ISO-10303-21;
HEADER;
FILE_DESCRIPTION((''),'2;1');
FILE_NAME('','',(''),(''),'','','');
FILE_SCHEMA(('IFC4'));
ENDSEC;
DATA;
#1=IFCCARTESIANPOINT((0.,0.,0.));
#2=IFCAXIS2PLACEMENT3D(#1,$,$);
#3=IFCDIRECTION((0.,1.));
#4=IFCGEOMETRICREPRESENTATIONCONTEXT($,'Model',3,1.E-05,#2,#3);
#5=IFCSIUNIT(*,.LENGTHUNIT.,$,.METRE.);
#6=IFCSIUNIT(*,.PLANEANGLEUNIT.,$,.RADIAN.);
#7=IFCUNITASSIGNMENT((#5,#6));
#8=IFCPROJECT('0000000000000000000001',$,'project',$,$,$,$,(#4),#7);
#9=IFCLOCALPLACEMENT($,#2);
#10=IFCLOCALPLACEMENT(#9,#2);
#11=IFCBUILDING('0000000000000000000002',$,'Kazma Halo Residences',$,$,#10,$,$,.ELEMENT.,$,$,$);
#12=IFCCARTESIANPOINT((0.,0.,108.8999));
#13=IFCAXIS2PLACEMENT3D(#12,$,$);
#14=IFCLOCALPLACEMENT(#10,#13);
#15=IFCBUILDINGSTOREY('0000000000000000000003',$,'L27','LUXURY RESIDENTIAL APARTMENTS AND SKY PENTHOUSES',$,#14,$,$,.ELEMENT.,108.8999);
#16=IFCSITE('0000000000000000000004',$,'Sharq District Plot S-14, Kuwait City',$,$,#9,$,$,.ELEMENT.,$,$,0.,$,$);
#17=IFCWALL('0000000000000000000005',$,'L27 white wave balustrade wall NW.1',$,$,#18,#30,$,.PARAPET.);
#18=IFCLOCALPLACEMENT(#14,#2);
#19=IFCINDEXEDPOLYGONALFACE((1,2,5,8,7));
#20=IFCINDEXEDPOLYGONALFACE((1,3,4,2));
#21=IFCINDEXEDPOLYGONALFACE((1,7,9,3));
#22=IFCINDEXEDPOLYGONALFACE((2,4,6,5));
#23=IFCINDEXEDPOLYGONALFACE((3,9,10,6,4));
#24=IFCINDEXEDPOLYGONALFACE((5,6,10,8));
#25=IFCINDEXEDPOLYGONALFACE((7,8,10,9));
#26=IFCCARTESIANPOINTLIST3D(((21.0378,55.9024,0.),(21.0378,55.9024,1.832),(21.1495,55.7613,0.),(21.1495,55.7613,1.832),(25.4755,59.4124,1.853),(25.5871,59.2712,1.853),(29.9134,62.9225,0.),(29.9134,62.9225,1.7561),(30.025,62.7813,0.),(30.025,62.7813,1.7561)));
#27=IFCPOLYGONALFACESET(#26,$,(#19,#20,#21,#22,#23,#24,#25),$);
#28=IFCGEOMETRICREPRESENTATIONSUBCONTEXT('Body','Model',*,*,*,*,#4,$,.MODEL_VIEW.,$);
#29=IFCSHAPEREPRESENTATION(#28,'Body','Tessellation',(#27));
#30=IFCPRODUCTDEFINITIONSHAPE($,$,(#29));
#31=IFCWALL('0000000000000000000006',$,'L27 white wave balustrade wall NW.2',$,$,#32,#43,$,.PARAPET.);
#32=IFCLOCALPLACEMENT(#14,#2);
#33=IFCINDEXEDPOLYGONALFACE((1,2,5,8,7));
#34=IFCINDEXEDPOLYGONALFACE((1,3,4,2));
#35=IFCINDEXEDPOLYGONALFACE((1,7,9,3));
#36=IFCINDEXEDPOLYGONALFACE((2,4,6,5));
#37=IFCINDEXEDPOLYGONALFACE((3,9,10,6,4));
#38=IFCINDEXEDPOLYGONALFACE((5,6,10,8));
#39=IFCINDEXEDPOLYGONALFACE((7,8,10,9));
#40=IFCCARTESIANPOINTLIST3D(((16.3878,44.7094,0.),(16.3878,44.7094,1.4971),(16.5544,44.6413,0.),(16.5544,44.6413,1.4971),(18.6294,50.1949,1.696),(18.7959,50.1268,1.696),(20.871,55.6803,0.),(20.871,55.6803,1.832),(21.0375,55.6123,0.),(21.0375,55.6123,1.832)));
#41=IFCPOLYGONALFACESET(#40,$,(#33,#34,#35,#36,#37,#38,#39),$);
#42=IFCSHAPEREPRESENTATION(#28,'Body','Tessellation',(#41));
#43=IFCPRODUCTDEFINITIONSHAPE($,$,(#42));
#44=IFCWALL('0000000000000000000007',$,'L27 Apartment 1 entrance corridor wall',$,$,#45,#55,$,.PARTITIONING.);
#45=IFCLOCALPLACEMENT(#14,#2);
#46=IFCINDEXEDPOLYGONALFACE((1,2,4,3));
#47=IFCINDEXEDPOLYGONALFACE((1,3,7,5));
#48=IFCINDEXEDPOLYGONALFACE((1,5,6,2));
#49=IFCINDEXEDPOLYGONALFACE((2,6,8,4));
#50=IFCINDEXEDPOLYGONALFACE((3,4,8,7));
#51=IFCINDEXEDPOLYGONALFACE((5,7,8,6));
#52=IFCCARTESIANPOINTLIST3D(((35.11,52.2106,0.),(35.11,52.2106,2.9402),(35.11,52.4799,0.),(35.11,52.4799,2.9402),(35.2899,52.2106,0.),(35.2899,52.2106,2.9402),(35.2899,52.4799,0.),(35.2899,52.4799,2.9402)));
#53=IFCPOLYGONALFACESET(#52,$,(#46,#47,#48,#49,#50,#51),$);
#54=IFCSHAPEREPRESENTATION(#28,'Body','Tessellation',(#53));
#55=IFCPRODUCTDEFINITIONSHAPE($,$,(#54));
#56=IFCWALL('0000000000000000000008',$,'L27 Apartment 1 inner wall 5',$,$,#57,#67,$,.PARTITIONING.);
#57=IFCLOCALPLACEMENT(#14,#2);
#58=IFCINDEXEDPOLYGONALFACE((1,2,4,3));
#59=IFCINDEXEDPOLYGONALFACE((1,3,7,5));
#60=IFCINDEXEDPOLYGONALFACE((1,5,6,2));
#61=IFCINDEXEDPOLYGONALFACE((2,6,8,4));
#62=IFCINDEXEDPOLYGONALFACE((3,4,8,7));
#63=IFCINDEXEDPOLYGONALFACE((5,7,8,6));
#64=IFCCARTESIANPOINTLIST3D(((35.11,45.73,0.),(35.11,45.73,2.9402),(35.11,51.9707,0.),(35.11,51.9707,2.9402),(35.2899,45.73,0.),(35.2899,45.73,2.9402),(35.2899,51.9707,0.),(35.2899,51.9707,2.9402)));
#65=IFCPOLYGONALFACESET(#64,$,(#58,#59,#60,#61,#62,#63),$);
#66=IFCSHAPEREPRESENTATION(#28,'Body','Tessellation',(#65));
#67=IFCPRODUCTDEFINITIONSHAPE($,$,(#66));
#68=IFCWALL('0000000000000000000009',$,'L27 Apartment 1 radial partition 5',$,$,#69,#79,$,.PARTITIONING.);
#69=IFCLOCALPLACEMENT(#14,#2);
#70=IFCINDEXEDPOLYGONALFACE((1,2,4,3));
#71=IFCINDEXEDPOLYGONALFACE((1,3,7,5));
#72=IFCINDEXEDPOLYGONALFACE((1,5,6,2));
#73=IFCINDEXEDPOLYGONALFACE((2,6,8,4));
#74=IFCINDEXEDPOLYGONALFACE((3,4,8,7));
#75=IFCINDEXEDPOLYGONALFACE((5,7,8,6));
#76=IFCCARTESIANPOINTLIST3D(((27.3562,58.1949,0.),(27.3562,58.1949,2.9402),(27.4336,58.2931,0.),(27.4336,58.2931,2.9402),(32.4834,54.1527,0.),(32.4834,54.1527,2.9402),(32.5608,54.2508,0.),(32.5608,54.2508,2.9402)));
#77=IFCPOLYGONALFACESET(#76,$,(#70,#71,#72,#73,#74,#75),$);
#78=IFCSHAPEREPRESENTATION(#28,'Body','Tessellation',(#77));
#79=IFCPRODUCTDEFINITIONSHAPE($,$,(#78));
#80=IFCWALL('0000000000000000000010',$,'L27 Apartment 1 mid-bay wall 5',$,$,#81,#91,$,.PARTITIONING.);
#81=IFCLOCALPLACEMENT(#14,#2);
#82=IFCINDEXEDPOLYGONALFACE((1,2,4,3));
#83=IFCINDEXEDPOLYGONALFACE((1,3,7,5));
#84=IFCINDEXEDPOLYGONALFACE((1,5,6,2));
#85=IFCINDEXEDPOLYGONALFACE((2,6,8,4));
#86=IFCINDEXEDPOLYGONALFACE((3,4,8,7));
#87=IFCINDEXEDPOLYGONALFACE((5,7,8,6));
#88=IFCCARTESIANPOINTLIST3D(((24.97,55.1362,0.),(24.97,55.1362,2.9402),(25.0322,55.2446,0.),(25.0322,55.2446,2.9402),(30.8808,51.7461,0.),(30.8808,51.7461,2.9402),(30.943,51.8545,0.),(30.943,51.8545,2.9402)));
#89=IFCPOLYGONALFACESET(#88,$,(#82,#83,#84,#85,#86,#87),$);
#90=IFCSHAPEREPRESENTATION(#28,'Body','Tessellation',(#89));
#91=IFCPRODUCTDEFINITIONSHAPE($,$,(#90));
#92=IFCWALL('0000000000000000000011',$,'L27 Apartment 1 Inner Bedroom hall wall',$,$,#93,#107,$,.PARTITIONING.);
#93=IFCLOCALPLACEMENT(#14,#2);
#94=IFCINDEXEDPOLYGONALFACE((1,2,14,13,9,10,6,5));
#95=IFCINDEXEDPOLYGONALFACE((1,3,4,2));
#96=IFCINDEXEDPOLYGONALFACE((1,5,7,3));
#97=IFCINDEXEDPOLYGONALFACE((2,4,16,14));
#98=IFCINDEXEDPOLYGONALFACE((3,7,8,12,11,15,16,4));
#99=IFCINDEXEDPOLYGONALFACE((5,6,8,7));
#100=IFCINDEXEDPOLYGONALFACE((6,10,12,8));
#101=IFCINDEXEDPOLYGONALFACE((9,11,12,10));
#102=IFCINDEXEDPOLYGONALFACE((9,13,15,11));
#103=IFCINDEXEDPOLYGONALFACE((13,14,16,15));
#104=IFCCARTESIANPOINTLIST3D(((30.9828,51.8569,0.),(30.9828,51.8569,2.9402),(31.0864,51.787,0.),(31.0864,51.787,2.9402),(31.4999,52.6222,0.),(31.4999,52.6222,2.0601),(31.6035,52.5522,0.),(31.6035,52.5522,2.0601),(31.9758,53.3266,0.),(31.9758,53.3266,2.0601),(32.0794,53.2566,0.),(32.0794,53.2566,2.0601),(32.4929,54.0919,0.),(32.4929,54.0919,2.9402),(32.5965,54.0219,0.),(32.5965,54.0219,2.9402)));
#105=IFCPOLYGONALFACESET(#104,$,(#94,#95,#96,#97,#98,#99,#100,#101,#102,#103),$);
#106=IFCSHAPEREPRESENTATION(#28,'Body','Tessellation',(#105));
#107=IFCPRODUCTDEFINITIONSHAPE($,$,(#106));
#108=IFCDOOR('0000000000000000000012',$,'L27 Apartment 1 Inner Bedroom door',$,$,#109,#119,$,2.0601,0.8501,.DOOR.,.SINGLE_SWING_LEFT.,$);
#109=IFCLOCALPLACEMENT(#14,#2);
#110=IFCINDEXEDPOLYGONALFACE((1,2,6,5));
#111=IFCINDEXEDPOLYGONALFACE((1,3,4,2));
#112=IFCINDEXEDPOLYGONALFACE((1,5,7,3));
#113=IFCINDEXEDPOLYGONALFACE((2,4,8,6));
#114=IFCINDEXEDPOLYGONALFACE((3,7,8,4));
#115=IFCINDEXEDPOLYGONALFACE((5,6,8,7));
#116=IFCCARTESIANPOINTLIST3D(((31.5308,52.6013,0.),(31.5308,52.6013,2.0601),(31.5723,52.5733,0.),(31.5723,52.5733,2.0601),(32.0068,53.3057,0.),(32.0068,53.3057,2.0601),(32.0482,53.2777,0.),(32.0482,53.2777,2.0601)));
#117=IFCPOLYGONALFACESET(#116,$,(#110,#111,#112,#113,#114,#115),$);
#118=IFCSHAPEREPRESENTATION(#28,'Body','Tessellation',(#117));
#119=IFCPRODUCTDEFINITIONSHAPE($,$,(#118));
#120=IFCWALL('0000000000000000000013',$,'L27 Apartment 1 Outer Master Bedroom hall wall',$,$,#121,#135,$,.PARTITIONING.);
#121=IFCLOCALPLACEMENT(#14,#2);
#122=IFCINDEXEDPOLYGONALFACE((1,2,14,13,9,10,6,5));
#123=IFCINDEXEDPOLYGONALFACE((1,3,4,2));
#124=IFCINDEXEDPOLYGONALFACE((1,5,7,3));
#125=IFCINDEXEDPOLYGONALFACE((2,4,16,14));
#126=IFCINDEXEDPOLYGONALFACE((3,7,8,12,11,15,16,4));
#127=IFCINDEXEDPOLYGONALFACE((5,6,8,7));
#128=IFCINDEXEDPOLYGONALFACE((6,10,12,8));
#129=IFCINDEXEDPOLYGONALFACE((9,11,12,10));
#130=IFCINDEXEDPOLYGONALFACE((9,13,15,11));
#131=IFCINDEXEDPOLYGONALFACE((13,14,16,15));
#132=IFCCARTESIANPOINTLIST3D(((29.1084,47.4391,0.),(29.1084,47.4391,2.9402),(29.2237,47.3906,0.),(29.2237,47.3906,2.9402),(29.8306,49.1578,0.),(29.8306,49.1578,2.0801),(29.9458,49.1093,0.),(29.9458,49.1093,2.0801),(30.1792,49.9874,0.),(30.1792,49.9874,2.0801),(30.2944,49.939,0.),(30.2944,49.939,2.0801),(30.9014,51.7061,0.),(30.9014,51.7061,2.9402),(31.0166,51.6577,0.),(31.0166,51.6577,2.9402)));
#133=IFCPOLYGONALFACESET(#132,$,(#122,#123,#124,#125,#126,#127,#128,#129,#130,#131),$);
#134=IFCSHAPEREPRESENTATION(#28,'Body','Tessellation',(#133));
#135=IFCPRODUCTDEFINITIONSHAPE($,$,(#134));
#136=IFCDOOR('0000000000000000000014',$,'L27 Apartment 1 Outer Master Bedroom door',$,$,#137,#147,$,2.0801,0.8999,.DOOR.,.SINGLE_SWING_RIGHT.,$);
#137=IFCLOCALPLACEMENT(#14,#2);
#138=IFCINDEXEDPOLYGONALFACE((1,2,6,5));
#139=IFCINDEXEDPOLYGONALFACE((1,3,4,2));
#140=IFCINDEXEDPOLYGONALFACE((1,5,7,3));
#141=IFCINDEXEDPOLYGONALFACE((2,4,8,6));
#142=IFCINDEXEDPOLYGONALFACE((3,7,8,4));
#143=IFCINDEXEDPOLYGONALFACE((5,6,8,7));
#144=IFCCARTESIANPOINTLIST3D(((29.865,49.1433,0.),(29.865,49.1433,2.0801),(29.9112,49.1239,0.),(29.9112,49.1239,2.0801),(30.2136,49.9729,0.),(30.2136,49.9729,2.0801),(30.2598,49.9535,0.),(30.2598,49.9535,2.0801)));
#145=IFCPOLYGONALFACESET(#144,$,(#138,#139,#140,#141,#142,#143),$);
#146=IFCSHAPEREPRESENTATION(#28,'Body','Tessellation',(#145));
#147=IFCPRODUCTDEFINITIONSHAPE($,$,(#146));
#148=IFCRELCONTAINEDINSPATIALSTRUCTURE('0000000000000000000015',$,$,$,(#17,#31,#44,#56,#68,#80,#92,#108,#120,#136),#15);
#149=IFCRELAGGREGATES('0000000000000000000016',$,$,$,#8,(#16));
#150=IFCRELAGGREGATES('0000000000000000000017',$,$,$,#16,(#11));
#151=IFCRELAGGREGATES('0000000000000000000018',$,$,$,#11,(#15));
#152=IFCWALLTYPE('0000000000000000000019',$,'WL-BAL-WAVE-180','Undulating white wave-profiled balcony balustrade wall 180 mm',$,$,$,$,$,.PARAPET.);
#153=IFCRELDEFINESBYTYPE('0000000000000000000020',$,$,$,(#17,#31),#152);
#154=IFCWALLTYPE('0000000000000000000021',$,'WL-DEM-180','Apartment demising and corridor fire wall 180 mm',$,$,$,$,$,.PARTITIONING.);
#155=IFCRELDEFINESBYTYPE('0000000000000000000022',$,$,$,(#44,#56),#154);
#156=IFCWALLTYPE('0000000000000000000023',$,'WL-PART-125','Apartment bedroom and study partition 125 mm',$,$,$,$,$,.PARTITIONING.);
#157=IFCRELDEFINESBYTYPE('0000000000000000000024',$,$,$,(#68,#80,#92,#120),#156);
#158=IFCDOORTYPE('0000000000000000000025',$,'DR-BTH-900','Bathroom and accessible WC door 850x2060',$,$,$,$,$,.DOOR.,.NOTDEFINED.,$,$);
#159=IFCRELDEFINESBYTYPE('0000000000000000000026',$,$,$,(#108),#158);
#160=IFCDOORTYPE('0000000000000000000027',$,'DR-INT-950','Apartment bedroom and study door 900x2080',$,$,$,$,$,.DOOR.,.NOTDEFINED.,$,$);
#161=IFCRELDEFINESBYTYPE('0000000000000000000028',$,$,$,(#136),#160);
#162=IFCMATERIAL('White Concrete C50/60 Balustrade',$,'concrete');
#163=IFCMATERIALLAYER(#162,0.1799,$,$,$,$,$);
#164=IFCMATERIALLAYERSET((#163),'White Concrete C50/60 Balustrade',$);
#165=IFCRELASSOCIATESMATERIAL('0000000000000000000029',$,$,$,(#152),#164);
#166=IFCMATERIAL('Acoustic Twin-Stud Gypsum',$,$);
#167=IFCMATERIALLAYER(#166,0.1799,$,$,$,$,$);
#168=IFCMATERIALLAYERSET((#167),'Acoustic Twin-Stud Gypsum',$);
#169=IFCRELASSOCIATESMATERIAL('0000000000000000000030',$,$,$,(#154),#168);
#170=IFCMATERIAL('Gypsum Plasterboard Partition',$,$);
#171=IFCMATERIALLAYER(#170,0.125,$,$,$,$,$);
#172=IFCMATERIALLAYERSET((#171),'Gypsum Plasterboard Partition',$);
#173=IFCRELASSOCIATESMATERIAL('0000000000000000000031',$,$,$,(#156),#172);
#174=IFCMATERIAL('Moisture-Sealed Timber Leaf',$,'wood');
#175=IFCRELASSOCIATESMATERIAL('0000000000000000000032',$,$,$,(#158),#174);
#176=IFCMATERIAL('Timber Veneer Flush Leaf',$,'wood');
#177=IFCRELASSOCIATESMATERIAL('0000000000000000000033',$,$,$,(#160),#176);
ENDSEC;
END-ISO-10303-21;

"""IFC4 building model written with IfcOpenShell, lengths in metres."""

from ifc_helpers import new_model, si_unit, direction, frame, frame_2d, origin, place, context, subcontext, project, spatial, polyline, rectangle, outline, extrude, material, layer, layer_set, type_object, element, fill, save


model = new_model("IFC4")

# Units and contexts
model_context = context("Model", 3, precision=1e-05, world=origin(), true_north=direction((0.0, 1.0)))
body_context = subcontext(model_context, "Body", "Model", "MODEL_VIEW")
ifc_project = project(units=[si_unit("LENGTHUNIT", "METRE"), si_unit("PLANEANGLEUNIT", "RADIAN")], contexts=[model_context])

# Site, building, storey
site_placement = place(None, origin())
site = spatial("IfcSite", under=ifc_project, at=site_placement, Name="Sharq District Plot S-14, Kuwait City", CompositionType="ELEMENT", RefElevation=0.0)
building_placement = place(site_placement, origin())
building = spatial("IfcBuilding", under=site, at=building_placement, Name="Kazma Halo Residences", CompositionType="ELEMENT")
storey_placement = place(building_placement, frame((0.0, 0.0, 108.8999)))
storey = spatial("IfcBuildingStorey", under=building, at=storey_placement, Name="L27", Description="LUXURY RESIDENTIAL APARTMENTS AND SKY PENTHOUSES", CompositionType="ELEMENT", Elevation=108.8999)

# Walls
ifc_material_1 = material(Name="White Concrete C50/60 Balustrade", Category="concrete")
ifc_layer_1 = layer(ifc_material_1, 0.1799)
ifc_layer_set_1 = layer_set([ifc_layer_1], Name="White Concrete C50/60 Balustrade")
wall_type_1 = type_object("IfcWallType", Name="WL-BAL-WAVE-180", Description="Undulating white wave-profiled balcony balustrade wall 180 mm", PredefinedType="PARAPET", material=ifc_layer_set_1)
wall_1_placement = place(storey_placement, frame((29.9692, 62.8518, 0.0), z_axis=(0.0, 0.0, 1.0), x_axis=(-0.784321, -0.620355, 0.0)))
element("IfcWall", 1, at=wall_1_placement, inside=storey, type_object=wall_type_1, Name="L27 white wave balustrade wall NW.1", PredefinedType="PARAPET", context=body_context, shape_type="SweptSolid", body=[
    extrude(outline(polyline([(0.0, 0.0), (11.3162, 0.0), (11.3162, 1.832), (5.6582, 1.853), (0.0, 1.7561), (0.0, 0.0)])), frame((0.0, 0.0898, 0.0), z_axis=(0.0, -1.0, 0.0), x_axis=(1.0, 0.0, 0.0)), (0.0, 0.0, 1.0), 0.1799),
])
wall_2_placement = place(storey_placement, frame((20.9543, 55.6462, 0.0), z_axis=(0.0, 0.0, 1.0), x_axis=(-0.378274, -0.925694, 0.0)))
element("IfcWall", 2, at=wall_2_placement, inside=storey, type_object=wall_type_1, Name="L27 white wave balustrade wall NW.2", PredefinedType="PARAPET", context=body_context, shape_type="SweptSolid", body=[
    extrude(outline(polyline([(0.0, 0.0), (11.8516, 0.0), (11.8516, 1.4971), (5.9258, 1.696), (0.0, 1.832), (0.0, 0.0)])), frame((0.0, 0.0898, 0.0), z_axis=(0.0, -1.0, 0.0), x_axis=(1.0, 0.0, 0.0)), (0.0, 0.0, 1.0), 0.1799),
])
ifc_material_2 = material(Name="Acoustic Twin-Stud Gypsum")
ifc_layer_2 = layer(ifc_material_2, 0.1799)
ifc_layer_set_2 = layer_set([ifc_layer_2], Name="Acoustic Twin-Stud Gypsum")
wall_type_2 = type_object("IfcWallType", Name="WL-DEM-180", Description="Apartment demising and corridor fire wall 180 mm", PredefinedType="PARTITIONING", material=ifc_layer_set_2)
wall_3_placement = place(storey_placement, frame((35.2, 52.48, 0.0), z_axis=(0.0, 0.0, 1.0), x_axis=(0.0, -1.0, 0.0)))
element("IfcWall", 3, at=wall_3_placement, inside=storey, type_object=wall_type_2, Name="L27 Apartment 1 entrance corridor wall", PredefinedType="PARTITIONING", context=body_context, shape_type="SweptSolid", body=[
    extrude(rectangle(XDim=0.2693, YDim=0.1799, at=frame_2d((0.1348, 0.0))), origin(), (0.0, 0.0, 1.0), 2.9402),
])
wall_4_placement = place(storey_placement, frame((35.2, 51.9707, 0.0), z_axis=(0.0, 0.0, 1.0), x_axis=(0.0, -1.0, 0.0)))
element("IfcWall", 4, at=wall_4_placement, inside=storey, type_object=wall_type_2, Name="L27 Apartment 1 inner wall 5", PredefinedType="PARTITIONING", context=body_context, shape_type="SweptSolid", body=[
    extrude(rectangle(XDim=6.2407, YDim=0.1799, at=frame_2d((3.1204, 0.0))), origin(), (0.0, 0.0, 1.0), 2.9402),
])

# Walls
ifc_material_3 = material(Name="Gypsum Plasterboard Partition")
ifc_layer_3 = layer(ifc_material_3, 0.125)
ifc_layer_set_3 = layer_set([ifc_layer_3], Name="Gypsum Plasterboard Partition")
wall_type_3 = type_object("IfcWallType", Name="WL-PART-125", Description="Apartment bedroom and study partition 125 mm", PredefinedType="PARTITIONING", material=ifc_layer_set_3)
wall_5_placement = place(storey_placement, frame((32.5222, 54.2017, 0.0), z_axis=(0.0, 0.0, 1.0), x_axis=(-0.785296, 0.61912, 0.0)))
element("IfcWall", 5, at=wall_5_placement, inside=storey, type_object=wall_type_3, Name="L27 Apartment 1 radial partition 5", PredefinedType="PARTITIONING", context=body_context, shape_type="SweptSolid", body=[
    extrude(rectangle(XDim=6.5291, YDim=0.125, at=frame_2d((3.2646, 0.0))), origin(), (0.0, 0.0, 1.0), 2.9402),
])
wall_6_placement = place(storey_placement, frame((30.9119, 51.8003, 0.0), z_axis=(0.0, 0.0, 1.0), x_axis=(-0.867453, 0.49752, 0.0)))
element("IfcWall", 6, at=wall_6_placement, inside=storey, type_object=wall_type_3, Name="L27 Apartment 1 mid-bay wall 5", PredefinedType="PARTITIONING", context=body_context, shape_type="SweptSolid", body=[
    extrude(rectangle(XDim=6.814, YDim=0.125, at=frame_2d((3.407, 0.0))), origin(), (0.0, 0.0, 1.0), 2.9402),
])

# Walls, openings, doors
wall_7_placement = place(storey_placement, frame((32.5447, 54.0569, 0.0), z_axis=(0.0, 0.0, 1.0), x_axis=(-0.559849, -0.828595, 0.0)))
wall_7 = element("IfcWall", 7, at=wall_7_placement, inside=storey, type_object=wall_type_3, Name="L27 Apartment 1 Inner Bedroom hall wall", PredefinedType="PARTITIONING", context=body_context, shape_type="SweptSolid", body=[
    extrude(rectangle(XDim=2.6973, YDim=0.125, at=frame_2d((1.3486, 0.0))), origin(), (0.0, 0.0, 1.0), 2.9402),
])
opening_1_placement = place(wall_7_placement, frame((0.9236, 0.0, 0.0)))
opening_1 = element("IfcOpeningElement", 8, at=opening_1_placement, cuts=wall_7, PredefinedType="OPENING", context=body_context, shape_type="SweptSolid", body=[
    extrude(rectangle(XDim=0.8501, YDim=2.0601, at=frame_2d((0.425, 1.03))), frame((0.0, 0.0725, 0.0), z_axis=(0.0, -1.0, 0.0), x_axis=(1.0, 0.0, 0.0)), (0.0, 0.0, 1.0), 0.145),
])
ifc_material_4 = material(Name="Moisture-Sealed Timber Leaf", Category="wood")
door_type_1 = type_object("IfcDoorType", Name="DR-BTH-900", Description="Bathroom and accessible WC door 850x2060", OperationType="NOTDEFINED", PredefinedType="DOOR", material=ifc_material_4)
door_1_placement = place(opening_1_placement, origin())
door_1 = element("IfcDoor", 9, at=door_1_placement, inside=storey, type_object=door_type_1, Name="L27 Apartment 1 Inner Bedroom door", OperationType="SINGLE_SWING_LEFT", OverallHeight=2.0601, OverallWidth=0.8501, PredefinedType="DOOR", context=body_context, shape_type="SweptSolid", body=[
    extrude(rectangle(XDim=0.8501, YDim=2.0601, at=frame_2d((0.425, 1.03))), frame((0.0, 0.0249, 0.0), z_axis=(0.0, -1.0, 0.0), x_axis=(1.0, 0.0, 0.0)), (0.0, 0.0, 1.0), 0.05),
])
fill(opening_1, door_1)
wall_8_placement = place(storey_placement, frame((30.959, 51.6819, 0.0), z_axis=(0.0, 0.0, 1.0), x_axis=(-0.387378, -0.921921, 0.0)))
wall_8 = element("IfcWall", 10, at=wall_8_placement, inside=storey, type_object=wall_type_3, Name="L27 Apartment 1 Outer Master Bedroom hall wall", PredefinedType="PARTITIONING", context=body_context, shape_type="SweptSolid", body=[
    extrude(rectangle(XDim=4.6284, YDim=0.125, at=frame_2d((2.3142, 0.0))), origin(), (0.0, 0.0, 1.0), 2.9402),
])
opening_2_placement = place(wall_8_placement, frame((1.8643, 0.0, 0.0)))
opening_2 = element("IfcOpeningElement", 11, at=opening_2_placement, cuts=wall_8, PredefinedType="OPENING", context=body_context, shape_type="SweptSolid", body=[
    extrude(rectangle(XDim=0.8999, YDim=2.0801, at=frame_2d((0.45, 1.04))), frame((0.0, 0.0725, 0.0), z_axis=(0.0, -1.0, 0.0), x_axis=(1.0, 0.0, 0.0)), (0.0, 0.0, 1.0), 0.145),
])
ifc_material_5 = material(Name="Timber Veneer Flush Leaf", Category="wood")
door_type_2 = type_object("IfcDoorType", Name="DR-INT-950", Description="Apartment bedroom and study door 900x2080", OperationType="NOTDEFINED", PredefinedType="DOOR", material=ifc_material_5)
door_2_placement = place(opening_2_placement, origin())
door_2 = element("IfcDoor", 12, at=door_2_placement, inside=storey, type_object=door_type_2, Name="L27 Apartment 1 Outer Master Bedroom door", OperationType="SINGLE_SWING_RIGHT", OverallHeight=2.0801, OverallWidth=0.8999, PredefinedType="DOOR", context=body_context, shape_type="SweptSolid", body=[
    extrude(rectangle(XDim=0.8999, YDim=2.0801, at=frame_2d((0.45, 1.04))), frame((0.0, 0.0249, 0.0), z_axis=(0.0, -1.0, 0.0), x_axis=(1.0, 0.0, 0.0)), (0.0, 0.0, 1.0), 0.05),
])
fill(opening_2, door_2)

save(model, "model.ifc")
